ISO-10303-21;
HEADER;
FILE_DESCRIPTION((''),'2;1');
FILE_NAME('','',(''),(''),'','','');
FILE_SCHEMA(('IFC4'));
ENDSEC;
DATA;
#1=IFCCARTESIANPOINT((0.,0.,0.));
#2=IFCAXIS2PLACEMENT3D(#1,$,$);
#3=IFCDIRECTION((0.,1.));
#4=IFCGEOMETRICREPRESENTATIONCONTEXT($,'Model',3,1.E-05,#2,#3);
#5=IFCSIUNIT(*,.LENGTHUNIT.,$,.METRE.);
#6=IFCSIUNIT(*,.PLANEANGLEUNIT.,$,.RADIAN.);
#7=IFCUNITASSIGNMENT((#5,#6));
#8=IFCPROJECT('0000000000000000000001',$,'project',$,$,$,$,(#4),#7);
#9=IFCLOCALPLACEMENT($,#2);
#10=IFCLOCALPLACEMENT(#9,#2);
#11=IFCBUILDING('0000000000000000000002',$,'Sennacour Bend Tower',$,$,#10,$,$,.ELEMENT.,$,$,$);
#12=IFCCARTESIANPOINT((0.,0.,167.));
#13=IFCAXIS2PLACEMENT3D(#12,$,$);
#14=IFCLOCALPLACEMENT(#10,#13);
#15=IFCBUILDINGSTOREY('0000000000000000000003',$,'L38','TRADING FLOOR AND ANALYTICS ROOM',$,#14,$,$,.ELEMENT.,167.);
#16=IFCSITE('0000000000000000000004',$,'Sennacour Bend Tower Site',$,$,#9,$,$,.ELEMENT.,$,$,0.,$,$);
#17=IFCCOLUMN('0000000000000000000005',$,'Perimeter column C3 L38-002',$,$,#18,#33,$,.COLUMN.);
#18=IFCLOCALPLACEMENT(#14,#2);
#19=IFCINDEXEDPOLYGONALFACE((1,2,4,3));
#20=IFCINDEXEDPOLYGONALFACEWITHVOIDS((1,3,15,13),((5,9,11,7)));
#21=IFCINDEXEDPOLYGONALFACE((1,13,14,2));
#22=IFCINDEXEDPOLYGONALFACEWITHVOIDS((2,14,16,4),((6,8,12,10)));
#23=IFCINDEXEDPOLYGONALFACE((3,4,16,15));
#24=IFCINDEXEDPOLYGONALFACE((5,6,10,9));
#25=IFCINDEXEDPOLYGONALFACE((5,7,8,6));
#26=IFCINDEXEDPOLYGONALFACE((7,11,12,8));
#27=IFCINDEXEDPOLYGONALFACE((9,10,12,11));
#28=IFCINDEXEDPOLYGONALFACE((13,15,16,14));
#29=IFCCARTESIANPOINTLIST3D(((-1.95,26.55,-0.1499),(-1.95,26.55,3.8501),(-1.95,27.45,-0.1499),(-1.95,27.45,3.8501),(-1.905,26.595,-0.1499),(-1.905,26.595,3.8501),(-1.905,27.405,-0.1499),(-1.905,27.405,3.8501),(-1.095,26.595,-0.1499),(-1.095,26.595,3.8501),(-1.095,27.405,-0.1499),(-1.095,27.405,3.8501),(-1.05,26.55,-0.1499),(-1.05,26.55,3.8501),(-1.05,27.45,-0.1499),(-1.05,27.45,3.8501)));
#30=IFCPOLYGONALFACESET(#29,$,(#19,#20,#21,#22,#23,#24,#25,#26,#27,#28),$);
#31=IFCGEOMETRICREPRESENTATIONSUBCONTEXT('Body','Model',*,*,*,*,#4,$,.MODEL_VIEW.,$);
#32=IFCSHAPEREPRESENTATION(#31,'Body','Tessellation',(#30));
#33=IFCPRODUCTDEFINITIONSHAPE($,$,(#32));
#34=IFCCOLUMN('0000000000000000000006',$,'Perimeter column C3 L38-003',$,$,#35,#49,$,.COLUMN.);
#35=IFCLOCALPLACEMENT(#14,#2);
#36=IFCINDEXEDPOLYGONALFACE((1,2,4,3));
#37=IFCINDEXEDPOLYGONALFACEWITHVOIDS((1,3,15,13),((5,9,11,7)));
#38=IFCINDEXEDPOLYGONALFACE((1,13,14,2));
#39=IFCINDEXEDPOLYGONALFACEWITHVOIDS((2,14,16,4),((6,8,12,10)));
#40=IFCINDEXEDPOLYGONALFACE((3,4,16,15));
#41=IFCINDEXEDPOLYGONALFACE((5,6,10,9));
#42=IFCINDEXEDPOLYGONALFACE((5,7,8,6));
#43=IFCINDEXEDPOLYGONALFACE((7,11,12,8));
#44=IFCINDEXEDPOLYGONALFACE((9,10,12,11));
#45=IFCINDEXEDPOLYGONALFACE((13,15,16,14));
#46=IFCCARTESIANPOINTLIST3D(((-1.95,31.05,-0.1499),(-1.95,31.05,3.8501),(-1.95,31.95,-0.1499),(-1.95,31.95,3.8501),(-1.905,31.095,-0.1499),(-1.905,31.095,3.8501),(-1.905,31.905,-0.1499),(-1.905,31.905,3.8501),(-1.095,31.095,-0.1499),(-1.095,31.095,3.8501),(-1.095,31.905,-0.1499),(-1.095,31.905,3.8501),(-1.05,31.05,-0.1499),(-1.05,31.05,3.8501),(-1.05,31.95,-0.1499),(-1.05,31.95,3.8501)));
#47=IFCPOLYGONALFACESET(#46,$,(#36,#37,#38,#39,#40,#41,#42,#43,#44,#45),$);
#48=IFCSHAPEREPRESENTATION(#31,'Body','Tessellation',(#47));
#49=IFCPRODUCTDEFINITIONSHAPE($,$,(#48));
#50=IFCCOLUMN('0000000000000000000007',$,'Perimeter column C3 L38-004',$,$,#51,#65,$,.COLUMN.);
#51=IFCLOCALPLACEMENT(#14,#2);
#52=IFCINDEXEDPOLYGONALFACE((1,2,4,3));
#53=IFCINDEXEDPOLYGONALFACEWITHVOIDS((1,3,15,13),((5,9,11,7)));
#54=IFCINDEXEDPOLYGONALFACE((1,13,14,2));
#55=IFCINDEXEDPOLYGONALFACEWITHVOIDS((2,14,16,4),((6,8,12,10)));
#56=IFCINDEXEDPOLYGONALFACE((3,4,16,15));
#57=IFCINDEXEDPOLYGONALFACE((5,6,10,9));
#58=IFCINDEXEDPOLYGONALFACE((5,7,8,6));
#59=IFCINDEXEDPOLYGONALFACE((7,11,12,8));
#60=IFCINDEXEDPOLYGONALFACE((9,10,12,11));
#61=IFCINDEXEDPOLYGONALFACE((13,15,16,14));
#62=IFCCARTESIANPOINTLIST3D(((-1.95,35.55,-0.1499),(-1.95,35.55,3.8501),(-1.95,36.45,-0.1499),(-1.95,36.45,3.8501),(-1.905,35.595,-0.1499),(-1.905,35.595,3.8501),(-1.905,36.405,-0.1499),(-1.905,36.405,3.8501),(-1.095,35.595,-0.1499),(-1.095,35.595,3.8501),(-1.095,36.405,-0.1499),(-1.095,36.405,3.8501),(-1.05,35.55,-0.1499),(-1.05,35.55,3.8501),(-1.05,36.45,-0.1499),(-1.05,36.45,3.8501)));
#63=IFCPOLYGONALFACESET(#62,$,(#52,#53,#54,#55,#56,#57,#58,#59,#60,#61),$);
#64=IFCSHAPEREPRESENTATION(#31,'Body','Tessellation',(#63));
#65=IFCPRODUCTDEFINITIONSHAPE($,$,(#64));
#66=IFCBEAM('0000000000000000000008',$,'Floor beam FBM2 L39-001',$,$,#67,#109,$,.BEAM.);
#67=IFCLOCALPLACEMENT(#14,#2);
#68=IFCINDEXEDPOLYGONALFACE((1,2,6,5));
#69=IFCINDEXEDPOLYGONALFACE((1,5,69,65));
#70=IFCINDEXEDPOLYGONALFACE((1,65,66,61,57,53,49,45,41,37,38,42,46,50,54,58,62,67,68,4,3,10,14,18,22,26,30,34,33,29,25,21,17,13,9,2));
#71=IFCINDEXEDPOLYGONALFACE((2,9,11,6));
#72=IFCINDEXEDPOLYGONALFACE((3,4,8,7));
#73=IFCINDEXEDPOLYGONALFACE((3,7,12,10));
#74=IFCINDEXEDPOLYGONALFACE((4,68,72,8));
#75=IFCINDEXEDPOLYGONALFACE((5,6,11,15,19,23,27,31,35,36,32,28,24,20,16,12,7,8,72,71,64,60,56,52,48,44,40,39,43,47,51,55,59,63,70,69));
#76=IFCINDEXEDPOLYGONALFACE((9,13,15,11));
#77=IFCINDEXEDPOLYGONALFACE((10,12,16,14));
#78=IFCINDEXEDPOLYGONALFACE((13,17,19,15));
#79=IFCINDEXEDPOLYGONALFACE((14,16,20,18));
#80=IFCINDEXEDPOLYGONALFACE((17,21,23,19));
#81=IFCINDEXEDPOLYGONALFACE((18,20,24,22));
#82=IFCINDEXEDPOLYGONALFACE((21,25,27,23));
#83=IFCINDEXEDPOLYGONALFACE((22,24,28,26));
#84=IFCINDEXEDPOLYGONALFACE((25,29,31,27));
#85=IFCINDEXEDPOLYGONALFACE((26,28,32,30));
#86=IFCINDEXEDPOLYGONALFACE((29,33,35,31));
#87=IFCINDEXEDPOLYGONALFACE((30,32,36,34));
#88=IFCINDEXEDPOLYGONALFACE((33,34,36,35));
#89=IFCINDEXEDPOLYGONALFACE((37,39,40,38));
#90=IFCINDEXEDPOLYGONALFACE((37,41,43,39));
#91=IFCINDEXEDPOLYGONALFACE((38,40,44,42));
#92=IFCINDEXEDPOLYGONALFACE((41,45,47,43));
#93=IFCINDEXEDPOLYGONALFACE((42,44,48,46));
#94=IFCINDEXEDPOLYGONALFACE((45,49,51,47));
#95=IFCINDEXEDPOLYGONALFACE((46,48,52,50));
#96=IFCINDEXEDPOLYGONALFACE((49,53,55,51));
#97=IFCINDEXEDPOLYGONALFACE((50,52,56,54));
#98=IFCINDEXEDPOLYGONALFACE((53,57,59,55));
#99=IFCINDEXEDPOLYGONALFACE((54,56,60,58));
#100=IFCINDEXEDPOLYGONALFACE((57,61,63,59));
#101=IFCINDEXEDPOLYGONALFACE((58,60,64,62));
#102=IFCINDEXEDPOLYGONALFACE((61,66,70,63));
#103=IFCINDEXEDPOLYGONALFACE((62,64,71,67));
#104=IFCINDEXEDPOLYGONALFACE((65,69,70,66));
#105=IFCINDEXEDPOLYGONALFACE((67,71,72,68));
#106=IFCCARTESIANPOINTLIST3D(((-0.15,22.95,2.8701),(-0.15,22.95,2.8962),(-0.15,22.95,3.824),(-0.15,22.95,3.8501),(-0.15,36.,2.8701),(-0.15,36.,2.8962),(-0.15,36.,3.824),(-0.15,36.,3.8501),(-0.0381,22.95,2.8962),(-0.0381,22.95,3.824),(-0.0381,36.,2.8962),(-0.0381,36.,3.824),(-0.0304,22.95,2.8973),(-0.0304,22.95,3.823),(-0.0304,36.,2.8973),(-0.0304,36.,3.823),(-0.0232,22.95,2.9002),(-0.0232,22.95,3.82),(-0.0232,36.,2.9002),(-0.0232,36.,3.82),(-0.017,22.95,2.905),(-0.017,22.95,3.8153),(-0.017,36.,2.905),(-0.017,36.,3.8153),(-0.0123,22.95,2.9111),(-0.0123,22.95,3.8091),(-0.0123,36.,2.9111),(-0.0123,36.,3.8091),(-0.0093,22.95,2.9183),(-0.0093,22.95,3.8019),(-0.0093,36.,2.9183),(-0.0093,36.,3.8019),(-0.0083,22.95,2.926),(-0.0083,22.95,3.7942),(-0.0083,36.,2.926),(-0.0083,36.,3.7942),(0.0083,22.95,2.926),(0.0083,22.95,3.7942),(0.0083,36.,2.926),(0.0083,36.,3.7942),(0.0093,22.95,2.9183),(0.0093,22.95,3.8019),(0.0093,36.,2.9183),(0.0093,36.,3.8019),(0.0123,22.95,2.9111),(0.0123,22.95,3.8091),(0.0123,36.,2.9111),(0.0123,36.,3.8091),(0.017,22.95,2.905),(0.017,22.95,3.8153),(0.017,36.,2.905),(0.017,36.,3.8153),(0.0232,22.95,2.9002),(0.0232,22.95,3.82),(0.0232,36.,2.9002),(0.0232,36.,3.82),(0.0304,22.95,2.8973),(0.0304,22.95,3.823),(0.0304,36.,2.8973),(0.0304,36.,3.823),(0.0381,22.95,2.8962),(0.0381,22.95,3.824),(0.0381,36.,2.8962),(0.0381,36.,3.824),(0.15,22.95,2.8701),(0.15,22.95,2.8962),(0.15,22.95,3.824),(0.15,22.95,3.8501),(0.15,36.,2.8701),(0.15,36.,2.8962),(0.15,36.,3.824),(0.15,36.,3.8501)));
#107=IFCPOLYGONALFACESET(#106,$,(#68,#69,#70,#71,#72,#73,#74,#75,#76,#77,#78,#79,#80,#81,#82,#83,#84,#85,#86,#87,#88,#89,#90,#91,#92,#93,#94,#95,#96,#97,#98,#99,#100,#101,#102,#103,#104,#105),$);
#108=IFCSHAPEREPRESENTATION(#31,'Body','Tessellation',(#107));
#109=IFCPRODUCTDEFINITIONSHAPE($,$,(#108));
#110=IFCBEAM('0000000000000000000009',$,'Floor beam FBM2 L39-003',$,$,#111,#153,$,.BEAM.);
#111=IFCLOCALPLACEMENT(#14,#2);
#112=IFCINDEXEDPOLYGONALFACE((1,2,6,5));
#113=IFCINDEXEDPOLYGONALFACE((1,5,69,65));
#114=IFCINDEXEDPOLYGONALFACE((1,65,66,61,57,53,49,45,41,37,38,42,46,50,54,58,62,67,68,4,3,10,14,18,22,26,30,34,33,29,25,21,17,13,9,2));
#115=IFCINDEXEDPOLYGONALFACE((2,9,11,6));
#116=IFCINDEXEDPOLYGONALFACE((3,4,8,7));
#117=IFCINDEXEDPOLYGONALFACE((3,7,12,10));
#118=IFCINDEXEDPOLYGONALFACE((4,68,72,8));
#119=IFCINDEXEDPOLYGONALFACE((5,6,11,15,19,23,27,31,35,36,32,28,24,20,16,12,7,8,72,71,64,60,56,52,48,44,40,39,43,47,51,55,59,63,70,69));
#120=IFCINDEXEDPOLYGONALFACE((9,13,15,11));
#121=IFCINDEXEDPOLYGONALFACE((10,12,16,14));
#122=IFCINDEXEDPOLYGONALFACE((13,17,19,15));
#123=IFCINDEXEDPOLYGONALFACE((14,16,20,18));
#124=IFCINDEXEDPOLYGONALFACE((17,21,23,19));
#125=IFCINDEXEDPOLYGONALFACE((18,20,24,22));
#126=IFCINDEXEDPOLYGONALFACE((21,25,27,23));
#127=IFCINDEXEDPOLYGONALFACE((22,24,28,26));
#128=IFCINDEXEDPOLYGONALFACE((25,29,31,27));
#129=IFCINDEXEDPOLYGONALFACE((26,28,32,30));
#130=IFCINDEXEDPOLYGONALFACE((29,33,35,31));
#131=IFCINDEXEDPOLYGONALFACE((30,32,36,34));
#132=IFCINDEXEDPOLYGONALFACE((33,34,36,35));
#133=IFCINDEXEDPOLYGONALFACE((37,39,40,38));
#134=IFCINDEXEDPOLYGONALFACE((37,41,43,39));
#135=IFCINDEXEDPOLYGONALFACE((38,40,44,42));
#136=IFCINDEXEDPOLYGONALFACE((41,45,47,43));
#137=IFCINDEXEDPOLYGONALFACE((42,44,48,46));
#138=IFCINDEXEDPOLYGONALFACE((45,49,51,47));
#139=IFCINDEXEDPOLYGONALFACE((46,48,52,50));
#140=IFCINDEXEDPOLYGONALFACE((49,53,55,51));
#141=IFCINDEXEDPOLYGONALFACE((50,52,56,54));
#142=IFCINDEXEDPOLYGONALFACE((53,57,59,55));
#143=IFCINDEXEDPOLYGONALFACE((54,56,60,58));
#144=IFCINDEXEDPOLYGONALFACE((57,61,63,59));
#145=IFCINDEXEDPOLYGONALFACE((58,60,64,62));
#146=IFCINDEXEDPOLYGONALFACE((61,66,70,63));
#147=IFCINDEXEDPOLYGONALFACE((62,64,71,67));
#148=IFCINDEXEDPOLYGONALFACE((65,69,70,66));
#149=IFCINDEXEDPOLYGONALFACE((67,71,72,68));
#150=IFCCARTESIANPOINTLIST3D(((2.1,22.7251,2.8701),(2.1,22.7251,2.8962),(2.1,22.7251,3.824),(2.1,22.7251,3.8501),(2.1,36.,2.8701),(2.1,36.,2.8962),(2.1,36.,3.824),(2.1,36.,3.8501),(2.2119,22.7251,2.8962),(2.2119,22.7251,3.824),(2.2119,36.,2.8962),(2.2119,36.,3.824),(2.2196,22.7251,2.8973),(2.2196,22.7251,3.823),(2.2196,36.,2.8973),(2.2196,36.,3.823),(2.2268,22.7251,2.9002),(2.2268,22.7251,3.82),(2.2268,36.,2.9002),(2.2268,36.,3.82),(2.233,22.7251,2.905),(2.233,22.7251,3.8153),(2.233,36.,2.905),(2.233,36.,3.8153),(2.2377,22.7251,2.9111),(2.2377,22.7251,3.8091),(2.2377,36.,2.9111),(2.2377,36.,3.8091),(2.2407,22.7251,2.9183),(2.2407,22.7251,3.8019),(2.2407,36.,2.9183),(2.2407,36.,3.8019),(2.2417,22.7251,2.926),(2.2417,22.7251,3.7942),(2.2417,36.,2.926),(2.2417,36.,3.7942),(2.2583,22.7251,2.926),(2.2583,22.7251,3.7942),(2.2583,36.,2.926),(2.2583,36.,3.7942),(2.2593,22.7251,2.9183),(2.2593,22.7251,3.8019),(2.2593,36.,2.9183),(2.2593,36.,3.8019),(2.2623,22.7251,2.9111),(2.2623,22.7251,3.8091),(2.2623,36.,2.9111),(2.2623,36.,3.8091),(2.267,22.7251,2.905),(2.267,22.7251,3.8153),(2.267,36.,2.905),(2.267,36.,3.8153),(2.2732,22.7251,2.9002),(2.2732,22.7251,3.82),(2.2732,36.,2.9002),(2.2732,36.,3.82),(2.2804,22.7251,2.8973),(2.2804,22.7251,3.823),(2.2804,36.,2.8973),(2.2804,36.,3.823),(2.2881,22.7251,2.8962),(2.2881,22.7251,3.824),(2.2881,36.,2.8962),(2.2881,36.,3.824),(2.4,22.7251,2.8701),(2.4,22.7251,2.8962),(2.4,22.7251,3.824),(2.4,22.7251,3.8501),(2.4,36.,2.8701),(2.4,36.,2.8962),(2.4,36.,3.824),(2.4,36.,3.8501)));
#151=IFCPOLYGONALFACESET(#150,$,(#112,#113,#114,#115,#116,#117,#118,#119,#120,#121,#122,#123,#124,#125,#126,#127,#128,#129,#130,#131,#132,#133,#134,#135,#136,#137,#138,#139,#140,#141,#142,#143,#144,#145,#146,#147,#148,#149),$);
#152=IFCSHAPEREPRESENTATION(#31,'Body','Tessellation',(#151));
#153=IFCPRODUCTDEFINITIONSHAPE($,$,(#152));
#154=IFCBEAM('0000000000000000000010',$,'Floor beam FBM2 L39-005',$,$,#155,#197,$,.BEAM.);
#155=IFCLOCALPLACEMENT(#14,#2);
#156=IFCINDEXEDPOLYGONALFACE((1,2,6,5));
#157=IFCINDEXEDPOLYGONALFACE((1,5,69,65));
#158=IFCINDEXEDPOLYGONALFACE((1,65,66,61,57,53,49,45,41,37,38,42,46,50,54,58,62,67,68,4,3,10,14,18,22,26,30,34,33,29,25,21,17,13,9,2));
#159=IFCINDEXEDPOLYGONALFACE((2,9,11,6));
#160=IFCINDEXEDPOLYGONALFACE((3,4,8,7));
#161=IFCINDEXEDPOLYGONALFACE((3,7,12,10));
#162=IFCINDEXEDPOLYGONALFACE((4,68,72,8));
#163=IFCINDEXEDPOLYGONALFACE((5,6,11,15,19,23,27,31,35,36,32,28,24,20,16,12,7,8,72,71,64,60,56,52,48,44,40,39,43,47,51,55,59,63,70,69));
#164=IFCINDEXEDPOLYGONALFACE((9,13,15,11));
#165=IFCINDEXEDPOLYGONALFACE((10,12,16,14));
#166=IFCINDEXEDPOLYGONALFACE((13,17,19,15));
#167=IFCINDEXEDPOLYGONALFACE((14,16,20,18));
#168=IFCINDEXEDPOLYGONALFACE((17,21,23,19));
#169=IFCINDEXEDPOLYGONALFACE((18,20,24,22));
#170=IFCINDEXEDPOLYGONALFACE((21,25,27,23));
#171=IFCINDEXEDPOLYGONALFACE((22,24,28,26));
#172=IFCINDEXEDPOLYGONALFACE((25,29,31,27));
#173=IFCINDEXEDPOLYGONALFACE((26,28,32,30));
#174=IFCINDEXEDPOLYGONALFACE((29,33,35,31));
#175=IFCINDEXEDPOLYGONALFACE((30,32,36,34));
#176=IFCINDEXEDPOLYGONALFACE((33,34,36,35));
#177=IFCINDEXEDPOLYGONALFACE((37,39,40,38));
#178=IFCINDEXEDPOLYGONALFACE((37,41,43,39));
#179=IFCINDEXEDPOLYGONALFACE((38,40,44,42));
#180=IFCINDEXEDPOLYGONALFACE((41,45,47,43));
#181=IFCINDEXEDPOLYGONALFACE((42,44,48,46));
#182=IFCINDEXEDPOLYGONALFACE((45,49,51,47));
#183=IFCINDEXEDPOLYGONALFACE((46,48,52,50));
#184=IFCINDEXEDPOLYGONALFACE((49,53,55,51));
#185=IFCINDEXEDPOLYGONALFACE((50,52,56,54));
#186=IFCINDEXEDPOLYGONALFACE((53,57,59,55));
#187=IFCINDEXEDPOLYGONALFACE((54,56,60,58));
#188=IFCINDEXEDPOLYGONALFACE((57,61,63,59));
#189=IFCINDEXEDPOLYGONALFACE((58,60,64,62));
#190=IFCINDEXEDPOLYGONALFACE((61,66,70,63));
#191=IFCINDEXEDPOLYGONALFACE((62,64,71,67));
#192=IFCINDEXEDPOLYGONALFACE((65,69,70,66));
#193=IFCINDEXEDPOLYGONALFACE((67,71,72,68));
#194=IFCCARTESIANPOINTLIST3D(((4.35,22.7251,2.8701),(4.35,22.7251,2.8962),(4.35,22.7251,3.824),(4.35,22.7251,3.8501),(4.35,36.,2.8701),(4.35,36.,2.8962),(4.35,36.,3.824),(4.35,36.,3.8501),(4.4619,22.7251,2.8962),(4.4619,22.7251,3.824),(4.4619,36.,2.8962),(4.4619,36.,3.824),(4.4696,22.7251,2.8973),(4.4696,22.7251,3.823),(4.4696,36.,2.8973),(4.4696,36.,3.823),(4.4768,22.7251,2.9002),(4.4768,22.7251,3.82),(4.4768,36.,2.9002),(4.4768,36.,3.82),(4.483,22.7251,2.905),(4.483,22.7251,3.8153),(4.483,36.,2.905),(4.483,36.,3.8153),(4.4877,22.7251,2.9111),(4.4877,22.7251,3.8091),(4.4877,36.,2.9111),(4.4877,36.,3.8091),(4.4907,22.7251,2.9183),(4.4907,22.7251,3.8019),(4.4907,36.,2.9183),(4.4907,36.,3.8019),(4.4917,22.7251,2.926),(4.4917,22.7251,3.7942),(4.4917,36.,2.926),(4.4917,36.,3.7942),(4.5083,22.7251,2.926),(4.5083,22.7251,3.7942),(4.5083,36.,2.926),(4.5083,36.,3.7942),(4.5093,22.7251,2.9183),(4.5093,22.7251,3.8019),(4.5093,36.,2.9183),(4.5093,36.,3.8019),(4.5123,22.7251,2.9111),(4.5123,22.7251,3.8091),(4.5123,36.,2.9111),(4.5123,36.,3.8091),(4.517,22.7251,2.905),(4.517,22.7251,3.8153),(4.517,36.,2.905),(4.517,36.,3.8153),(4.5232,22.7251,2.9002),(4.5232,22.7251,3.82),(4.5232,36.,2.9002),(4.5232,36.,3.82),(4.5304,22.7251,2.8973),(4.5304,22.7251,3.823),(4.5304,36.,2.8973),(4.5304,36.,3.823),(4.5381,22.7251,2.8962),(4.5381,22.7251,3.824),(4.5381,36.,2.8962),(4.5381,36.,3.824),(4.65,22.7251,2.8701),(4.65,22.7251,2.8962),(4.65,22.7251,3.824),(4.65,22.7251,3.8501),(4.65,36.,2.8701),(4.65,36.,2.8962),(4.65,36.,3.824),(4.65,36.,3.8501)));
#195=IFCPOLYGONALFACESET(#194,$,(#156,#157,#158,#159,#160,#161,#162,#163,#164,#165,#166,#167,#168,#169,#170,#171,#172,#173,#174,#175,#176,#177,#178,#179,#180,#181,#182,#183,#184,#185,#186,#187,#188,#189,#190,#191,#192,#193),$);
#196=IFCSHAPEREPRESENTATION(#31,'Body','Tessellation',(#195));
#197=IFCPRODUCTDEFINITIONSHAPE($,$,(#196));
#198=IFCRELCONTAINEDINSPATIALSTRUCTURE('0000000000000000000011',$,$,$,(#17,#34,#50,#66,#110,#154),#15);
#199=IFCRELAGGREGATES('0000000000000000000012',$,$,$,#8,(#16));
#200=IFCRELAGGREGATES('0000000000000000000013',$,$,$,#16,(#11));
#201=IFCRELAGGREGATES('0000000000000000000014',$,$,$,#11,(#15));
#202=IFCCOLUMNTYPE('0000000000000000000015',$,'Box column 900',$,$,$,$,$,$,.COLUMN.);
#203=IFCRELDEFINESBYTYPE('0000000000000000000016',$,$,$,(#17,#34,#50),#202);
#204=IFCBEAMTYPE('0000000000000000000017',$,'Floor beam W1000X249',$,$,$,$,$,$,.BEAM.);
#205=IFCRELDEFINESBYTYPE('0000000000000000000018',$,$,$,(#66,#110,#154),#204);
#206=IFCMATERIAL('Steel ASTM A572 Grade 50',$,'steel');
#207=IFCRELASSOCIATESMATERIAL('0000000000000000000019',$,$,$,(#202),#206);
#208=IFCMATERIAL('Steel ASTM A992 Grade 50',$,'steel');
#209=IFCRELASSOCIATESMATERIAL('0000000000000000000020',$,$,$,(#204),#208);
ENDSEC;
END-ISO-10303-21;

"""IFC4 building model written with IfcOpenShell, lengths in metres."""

from ifc_helpers import new_model, si_unit, direction, frame, origin, origin_2d, place, context, subcontext, project, spatial, hollow_rectangle, i_section, extrude, material, material_profile, profile_set, type_object, element, save


model = new_model("IFC4")

# Units and contexts
model_context = context("Model", 3, precision=1e-05, world=origin(), true_north=direction((0.0, 1.0)))
body_context = subcontext(model_context, "Body", "Model", "MODEL_VIEW")
ifc_project = project(units=[si_unit("LENGTHUNIT", "METRE"), si_unit("PLANEANGLEUNIT", "RADIAN")], contexts=[model_context])

# Site, building, storey
site_placement = place(None, origin())
site = spatial("IfcSite", under=ifc_project, at=site_placement, Name="Sennacour Bend Tower Site", CompositionType="ELEMENT", RefElevation=0.0)
building_placement = place(site_placement, origin())
building = spatial("IfcBuilding", under=site, at=building_placement, Name="Sennacour Bend Tower", CompositionType="ELEMENT")
storey_placement = place(building_placement, frame((0.0, 0.0, 167.0)))
storey = spatial("IfcBuildingStorey", under=building, at=storey_placement, Name="L38", Description="TRADING FLOOR AND ANALYTICS ROOM", CompositionType="ELEMENT", Elevation=167.0)

# Columns
ifc_material_1 = material(Name="Steel ASTM A572 Grade 50", Category="steel")
ifc_material_profile_1 = material_profile(ifc_material_1, hollow_rectangle(XDim=0.8999, YDim=0.8999, WallThickness=0.0449, at=origin_2d()), Name="Steel ASTM A572 Grade 50", Category="steel")
ifc_profile_set_1 = profile_set([ifc_material_profile_1], Name="Steel ASTM A572 Grade 50")
column_type = type_object("IfcColumnType", Name="Box column 900", PredefinedType="COLUMN", material=ifc_profile_set_1)
for number, where, z_axis, x_axis, name in (
    (1, (-1.5, 27.0, -0.1499), (0.0, 0.0, 1.0), (1.0, 0.0, 0.0), "Perimeter column C3 L38-002"),
    (2, (-1.5, 31.5, -0.1499), (0.0, 0.0, 1.0), (1.0, 0.0, 0.0), "Perimeter column C3 L38-003"),
    (3, (-1.5, 36.0, -0.1499), (0.0, 0.0, 1.0), (1.0, 0.0, 0.0), "Perimeter column C3 L38-004"),
):
    element("IfcColumn", number, at=place(storey_placement, frame(where, z_axis=z_axis, x_axis=x_axis)), inside=storey, type_object=column_type, Name=name, PredefinedType="COLUMN", context=body_context, shape_type="SweptSolid", body=[
        extrude(hollow_rectangle(XDim=0.8999, YDim=0.8999, WallThickness=0.0449, at=origin_2d()), origin(), (0.0, 0.0, 1.0), 4.0),
    ])

# Beams
ifc_material_2 = material(Name="Steel ASTM A992 Grade 50", Category="steel")
ifc_material_profile_2 = material_profile(ifc_material_2, i_section(OverallWidth=0.3, OverallDepth=0.98, WebThickness=0.0166, FlangeThickness=0.0261, FilletRadius=0.0298, at=origin_2d()), Name="Steel ASTM A992 Grade 50", Category="steel")
ifc_profile_set_2 = profile_set([ifc_material_profile_2], Name="Steel ASTM A992 Grade 50")
beam_type_1 = type_object("IfcBeamType", Name="Floor beam W1000X249", PredefinedType="BEAM", material=ifc_profile_set_2)
beam_1_placement = place(storey_placement, frame((0.0, 22.95, 3.3601), z_axis=(0.0, 1.0, 0.0), x_axis=(-1.0, 0.0, 0.0)))
element("IfcBeam", 4, at=beam_1_placement, inside=storey, type_object=beam_type_1, Name="Floor beam FBM2 L39-001", PredefinedType="BEAM", context=body_context, shape_type="SweptSolid", body=[
    extrude(i_section(OverallWidth=0.3, OverallDepth=0.98, WebThickness=0.0166, FlangeThickness=0.0261, FilletRadius=0.0298, at=origin_2d()), origin(), (0.0, 0.0, 1.0), 13.05),
])
for number, where, z_axis, x_axis, name in (
    (5, (2.25, 22.7251, 3.3601), (0.0, 1.0, 0.0), (-1.0, 0.0, 0.0), "Floor beam FBM2 L39-003"),
    (6, (4.5, 22.7251, 3.3601), (0.0, 1.0, 0.0), (-1.0, 0.0, 0.0), "Floor beam FBM2 L39-005"),
):
    element("IfcBeam", number, at=place(storey_placement, frame(where, z_axis=z_axis, x_axis=x_axis)), inside=storey, type_object=beam_type_1, Name=name, PredefinedType="BEAM", context=body_context, shape_type="SweptSolid", body=[
        extrude(i_section(OverallWidth=0.3, OverallDepth=0.98, WebThickness=0.0166, FlangeThickness=0.0261, FilletRadius=0.0298, at=origin_2d()), origin(), (0.0, 0.0, 1.0), 13.2749),
    ])

save(model, "model.ifc")
